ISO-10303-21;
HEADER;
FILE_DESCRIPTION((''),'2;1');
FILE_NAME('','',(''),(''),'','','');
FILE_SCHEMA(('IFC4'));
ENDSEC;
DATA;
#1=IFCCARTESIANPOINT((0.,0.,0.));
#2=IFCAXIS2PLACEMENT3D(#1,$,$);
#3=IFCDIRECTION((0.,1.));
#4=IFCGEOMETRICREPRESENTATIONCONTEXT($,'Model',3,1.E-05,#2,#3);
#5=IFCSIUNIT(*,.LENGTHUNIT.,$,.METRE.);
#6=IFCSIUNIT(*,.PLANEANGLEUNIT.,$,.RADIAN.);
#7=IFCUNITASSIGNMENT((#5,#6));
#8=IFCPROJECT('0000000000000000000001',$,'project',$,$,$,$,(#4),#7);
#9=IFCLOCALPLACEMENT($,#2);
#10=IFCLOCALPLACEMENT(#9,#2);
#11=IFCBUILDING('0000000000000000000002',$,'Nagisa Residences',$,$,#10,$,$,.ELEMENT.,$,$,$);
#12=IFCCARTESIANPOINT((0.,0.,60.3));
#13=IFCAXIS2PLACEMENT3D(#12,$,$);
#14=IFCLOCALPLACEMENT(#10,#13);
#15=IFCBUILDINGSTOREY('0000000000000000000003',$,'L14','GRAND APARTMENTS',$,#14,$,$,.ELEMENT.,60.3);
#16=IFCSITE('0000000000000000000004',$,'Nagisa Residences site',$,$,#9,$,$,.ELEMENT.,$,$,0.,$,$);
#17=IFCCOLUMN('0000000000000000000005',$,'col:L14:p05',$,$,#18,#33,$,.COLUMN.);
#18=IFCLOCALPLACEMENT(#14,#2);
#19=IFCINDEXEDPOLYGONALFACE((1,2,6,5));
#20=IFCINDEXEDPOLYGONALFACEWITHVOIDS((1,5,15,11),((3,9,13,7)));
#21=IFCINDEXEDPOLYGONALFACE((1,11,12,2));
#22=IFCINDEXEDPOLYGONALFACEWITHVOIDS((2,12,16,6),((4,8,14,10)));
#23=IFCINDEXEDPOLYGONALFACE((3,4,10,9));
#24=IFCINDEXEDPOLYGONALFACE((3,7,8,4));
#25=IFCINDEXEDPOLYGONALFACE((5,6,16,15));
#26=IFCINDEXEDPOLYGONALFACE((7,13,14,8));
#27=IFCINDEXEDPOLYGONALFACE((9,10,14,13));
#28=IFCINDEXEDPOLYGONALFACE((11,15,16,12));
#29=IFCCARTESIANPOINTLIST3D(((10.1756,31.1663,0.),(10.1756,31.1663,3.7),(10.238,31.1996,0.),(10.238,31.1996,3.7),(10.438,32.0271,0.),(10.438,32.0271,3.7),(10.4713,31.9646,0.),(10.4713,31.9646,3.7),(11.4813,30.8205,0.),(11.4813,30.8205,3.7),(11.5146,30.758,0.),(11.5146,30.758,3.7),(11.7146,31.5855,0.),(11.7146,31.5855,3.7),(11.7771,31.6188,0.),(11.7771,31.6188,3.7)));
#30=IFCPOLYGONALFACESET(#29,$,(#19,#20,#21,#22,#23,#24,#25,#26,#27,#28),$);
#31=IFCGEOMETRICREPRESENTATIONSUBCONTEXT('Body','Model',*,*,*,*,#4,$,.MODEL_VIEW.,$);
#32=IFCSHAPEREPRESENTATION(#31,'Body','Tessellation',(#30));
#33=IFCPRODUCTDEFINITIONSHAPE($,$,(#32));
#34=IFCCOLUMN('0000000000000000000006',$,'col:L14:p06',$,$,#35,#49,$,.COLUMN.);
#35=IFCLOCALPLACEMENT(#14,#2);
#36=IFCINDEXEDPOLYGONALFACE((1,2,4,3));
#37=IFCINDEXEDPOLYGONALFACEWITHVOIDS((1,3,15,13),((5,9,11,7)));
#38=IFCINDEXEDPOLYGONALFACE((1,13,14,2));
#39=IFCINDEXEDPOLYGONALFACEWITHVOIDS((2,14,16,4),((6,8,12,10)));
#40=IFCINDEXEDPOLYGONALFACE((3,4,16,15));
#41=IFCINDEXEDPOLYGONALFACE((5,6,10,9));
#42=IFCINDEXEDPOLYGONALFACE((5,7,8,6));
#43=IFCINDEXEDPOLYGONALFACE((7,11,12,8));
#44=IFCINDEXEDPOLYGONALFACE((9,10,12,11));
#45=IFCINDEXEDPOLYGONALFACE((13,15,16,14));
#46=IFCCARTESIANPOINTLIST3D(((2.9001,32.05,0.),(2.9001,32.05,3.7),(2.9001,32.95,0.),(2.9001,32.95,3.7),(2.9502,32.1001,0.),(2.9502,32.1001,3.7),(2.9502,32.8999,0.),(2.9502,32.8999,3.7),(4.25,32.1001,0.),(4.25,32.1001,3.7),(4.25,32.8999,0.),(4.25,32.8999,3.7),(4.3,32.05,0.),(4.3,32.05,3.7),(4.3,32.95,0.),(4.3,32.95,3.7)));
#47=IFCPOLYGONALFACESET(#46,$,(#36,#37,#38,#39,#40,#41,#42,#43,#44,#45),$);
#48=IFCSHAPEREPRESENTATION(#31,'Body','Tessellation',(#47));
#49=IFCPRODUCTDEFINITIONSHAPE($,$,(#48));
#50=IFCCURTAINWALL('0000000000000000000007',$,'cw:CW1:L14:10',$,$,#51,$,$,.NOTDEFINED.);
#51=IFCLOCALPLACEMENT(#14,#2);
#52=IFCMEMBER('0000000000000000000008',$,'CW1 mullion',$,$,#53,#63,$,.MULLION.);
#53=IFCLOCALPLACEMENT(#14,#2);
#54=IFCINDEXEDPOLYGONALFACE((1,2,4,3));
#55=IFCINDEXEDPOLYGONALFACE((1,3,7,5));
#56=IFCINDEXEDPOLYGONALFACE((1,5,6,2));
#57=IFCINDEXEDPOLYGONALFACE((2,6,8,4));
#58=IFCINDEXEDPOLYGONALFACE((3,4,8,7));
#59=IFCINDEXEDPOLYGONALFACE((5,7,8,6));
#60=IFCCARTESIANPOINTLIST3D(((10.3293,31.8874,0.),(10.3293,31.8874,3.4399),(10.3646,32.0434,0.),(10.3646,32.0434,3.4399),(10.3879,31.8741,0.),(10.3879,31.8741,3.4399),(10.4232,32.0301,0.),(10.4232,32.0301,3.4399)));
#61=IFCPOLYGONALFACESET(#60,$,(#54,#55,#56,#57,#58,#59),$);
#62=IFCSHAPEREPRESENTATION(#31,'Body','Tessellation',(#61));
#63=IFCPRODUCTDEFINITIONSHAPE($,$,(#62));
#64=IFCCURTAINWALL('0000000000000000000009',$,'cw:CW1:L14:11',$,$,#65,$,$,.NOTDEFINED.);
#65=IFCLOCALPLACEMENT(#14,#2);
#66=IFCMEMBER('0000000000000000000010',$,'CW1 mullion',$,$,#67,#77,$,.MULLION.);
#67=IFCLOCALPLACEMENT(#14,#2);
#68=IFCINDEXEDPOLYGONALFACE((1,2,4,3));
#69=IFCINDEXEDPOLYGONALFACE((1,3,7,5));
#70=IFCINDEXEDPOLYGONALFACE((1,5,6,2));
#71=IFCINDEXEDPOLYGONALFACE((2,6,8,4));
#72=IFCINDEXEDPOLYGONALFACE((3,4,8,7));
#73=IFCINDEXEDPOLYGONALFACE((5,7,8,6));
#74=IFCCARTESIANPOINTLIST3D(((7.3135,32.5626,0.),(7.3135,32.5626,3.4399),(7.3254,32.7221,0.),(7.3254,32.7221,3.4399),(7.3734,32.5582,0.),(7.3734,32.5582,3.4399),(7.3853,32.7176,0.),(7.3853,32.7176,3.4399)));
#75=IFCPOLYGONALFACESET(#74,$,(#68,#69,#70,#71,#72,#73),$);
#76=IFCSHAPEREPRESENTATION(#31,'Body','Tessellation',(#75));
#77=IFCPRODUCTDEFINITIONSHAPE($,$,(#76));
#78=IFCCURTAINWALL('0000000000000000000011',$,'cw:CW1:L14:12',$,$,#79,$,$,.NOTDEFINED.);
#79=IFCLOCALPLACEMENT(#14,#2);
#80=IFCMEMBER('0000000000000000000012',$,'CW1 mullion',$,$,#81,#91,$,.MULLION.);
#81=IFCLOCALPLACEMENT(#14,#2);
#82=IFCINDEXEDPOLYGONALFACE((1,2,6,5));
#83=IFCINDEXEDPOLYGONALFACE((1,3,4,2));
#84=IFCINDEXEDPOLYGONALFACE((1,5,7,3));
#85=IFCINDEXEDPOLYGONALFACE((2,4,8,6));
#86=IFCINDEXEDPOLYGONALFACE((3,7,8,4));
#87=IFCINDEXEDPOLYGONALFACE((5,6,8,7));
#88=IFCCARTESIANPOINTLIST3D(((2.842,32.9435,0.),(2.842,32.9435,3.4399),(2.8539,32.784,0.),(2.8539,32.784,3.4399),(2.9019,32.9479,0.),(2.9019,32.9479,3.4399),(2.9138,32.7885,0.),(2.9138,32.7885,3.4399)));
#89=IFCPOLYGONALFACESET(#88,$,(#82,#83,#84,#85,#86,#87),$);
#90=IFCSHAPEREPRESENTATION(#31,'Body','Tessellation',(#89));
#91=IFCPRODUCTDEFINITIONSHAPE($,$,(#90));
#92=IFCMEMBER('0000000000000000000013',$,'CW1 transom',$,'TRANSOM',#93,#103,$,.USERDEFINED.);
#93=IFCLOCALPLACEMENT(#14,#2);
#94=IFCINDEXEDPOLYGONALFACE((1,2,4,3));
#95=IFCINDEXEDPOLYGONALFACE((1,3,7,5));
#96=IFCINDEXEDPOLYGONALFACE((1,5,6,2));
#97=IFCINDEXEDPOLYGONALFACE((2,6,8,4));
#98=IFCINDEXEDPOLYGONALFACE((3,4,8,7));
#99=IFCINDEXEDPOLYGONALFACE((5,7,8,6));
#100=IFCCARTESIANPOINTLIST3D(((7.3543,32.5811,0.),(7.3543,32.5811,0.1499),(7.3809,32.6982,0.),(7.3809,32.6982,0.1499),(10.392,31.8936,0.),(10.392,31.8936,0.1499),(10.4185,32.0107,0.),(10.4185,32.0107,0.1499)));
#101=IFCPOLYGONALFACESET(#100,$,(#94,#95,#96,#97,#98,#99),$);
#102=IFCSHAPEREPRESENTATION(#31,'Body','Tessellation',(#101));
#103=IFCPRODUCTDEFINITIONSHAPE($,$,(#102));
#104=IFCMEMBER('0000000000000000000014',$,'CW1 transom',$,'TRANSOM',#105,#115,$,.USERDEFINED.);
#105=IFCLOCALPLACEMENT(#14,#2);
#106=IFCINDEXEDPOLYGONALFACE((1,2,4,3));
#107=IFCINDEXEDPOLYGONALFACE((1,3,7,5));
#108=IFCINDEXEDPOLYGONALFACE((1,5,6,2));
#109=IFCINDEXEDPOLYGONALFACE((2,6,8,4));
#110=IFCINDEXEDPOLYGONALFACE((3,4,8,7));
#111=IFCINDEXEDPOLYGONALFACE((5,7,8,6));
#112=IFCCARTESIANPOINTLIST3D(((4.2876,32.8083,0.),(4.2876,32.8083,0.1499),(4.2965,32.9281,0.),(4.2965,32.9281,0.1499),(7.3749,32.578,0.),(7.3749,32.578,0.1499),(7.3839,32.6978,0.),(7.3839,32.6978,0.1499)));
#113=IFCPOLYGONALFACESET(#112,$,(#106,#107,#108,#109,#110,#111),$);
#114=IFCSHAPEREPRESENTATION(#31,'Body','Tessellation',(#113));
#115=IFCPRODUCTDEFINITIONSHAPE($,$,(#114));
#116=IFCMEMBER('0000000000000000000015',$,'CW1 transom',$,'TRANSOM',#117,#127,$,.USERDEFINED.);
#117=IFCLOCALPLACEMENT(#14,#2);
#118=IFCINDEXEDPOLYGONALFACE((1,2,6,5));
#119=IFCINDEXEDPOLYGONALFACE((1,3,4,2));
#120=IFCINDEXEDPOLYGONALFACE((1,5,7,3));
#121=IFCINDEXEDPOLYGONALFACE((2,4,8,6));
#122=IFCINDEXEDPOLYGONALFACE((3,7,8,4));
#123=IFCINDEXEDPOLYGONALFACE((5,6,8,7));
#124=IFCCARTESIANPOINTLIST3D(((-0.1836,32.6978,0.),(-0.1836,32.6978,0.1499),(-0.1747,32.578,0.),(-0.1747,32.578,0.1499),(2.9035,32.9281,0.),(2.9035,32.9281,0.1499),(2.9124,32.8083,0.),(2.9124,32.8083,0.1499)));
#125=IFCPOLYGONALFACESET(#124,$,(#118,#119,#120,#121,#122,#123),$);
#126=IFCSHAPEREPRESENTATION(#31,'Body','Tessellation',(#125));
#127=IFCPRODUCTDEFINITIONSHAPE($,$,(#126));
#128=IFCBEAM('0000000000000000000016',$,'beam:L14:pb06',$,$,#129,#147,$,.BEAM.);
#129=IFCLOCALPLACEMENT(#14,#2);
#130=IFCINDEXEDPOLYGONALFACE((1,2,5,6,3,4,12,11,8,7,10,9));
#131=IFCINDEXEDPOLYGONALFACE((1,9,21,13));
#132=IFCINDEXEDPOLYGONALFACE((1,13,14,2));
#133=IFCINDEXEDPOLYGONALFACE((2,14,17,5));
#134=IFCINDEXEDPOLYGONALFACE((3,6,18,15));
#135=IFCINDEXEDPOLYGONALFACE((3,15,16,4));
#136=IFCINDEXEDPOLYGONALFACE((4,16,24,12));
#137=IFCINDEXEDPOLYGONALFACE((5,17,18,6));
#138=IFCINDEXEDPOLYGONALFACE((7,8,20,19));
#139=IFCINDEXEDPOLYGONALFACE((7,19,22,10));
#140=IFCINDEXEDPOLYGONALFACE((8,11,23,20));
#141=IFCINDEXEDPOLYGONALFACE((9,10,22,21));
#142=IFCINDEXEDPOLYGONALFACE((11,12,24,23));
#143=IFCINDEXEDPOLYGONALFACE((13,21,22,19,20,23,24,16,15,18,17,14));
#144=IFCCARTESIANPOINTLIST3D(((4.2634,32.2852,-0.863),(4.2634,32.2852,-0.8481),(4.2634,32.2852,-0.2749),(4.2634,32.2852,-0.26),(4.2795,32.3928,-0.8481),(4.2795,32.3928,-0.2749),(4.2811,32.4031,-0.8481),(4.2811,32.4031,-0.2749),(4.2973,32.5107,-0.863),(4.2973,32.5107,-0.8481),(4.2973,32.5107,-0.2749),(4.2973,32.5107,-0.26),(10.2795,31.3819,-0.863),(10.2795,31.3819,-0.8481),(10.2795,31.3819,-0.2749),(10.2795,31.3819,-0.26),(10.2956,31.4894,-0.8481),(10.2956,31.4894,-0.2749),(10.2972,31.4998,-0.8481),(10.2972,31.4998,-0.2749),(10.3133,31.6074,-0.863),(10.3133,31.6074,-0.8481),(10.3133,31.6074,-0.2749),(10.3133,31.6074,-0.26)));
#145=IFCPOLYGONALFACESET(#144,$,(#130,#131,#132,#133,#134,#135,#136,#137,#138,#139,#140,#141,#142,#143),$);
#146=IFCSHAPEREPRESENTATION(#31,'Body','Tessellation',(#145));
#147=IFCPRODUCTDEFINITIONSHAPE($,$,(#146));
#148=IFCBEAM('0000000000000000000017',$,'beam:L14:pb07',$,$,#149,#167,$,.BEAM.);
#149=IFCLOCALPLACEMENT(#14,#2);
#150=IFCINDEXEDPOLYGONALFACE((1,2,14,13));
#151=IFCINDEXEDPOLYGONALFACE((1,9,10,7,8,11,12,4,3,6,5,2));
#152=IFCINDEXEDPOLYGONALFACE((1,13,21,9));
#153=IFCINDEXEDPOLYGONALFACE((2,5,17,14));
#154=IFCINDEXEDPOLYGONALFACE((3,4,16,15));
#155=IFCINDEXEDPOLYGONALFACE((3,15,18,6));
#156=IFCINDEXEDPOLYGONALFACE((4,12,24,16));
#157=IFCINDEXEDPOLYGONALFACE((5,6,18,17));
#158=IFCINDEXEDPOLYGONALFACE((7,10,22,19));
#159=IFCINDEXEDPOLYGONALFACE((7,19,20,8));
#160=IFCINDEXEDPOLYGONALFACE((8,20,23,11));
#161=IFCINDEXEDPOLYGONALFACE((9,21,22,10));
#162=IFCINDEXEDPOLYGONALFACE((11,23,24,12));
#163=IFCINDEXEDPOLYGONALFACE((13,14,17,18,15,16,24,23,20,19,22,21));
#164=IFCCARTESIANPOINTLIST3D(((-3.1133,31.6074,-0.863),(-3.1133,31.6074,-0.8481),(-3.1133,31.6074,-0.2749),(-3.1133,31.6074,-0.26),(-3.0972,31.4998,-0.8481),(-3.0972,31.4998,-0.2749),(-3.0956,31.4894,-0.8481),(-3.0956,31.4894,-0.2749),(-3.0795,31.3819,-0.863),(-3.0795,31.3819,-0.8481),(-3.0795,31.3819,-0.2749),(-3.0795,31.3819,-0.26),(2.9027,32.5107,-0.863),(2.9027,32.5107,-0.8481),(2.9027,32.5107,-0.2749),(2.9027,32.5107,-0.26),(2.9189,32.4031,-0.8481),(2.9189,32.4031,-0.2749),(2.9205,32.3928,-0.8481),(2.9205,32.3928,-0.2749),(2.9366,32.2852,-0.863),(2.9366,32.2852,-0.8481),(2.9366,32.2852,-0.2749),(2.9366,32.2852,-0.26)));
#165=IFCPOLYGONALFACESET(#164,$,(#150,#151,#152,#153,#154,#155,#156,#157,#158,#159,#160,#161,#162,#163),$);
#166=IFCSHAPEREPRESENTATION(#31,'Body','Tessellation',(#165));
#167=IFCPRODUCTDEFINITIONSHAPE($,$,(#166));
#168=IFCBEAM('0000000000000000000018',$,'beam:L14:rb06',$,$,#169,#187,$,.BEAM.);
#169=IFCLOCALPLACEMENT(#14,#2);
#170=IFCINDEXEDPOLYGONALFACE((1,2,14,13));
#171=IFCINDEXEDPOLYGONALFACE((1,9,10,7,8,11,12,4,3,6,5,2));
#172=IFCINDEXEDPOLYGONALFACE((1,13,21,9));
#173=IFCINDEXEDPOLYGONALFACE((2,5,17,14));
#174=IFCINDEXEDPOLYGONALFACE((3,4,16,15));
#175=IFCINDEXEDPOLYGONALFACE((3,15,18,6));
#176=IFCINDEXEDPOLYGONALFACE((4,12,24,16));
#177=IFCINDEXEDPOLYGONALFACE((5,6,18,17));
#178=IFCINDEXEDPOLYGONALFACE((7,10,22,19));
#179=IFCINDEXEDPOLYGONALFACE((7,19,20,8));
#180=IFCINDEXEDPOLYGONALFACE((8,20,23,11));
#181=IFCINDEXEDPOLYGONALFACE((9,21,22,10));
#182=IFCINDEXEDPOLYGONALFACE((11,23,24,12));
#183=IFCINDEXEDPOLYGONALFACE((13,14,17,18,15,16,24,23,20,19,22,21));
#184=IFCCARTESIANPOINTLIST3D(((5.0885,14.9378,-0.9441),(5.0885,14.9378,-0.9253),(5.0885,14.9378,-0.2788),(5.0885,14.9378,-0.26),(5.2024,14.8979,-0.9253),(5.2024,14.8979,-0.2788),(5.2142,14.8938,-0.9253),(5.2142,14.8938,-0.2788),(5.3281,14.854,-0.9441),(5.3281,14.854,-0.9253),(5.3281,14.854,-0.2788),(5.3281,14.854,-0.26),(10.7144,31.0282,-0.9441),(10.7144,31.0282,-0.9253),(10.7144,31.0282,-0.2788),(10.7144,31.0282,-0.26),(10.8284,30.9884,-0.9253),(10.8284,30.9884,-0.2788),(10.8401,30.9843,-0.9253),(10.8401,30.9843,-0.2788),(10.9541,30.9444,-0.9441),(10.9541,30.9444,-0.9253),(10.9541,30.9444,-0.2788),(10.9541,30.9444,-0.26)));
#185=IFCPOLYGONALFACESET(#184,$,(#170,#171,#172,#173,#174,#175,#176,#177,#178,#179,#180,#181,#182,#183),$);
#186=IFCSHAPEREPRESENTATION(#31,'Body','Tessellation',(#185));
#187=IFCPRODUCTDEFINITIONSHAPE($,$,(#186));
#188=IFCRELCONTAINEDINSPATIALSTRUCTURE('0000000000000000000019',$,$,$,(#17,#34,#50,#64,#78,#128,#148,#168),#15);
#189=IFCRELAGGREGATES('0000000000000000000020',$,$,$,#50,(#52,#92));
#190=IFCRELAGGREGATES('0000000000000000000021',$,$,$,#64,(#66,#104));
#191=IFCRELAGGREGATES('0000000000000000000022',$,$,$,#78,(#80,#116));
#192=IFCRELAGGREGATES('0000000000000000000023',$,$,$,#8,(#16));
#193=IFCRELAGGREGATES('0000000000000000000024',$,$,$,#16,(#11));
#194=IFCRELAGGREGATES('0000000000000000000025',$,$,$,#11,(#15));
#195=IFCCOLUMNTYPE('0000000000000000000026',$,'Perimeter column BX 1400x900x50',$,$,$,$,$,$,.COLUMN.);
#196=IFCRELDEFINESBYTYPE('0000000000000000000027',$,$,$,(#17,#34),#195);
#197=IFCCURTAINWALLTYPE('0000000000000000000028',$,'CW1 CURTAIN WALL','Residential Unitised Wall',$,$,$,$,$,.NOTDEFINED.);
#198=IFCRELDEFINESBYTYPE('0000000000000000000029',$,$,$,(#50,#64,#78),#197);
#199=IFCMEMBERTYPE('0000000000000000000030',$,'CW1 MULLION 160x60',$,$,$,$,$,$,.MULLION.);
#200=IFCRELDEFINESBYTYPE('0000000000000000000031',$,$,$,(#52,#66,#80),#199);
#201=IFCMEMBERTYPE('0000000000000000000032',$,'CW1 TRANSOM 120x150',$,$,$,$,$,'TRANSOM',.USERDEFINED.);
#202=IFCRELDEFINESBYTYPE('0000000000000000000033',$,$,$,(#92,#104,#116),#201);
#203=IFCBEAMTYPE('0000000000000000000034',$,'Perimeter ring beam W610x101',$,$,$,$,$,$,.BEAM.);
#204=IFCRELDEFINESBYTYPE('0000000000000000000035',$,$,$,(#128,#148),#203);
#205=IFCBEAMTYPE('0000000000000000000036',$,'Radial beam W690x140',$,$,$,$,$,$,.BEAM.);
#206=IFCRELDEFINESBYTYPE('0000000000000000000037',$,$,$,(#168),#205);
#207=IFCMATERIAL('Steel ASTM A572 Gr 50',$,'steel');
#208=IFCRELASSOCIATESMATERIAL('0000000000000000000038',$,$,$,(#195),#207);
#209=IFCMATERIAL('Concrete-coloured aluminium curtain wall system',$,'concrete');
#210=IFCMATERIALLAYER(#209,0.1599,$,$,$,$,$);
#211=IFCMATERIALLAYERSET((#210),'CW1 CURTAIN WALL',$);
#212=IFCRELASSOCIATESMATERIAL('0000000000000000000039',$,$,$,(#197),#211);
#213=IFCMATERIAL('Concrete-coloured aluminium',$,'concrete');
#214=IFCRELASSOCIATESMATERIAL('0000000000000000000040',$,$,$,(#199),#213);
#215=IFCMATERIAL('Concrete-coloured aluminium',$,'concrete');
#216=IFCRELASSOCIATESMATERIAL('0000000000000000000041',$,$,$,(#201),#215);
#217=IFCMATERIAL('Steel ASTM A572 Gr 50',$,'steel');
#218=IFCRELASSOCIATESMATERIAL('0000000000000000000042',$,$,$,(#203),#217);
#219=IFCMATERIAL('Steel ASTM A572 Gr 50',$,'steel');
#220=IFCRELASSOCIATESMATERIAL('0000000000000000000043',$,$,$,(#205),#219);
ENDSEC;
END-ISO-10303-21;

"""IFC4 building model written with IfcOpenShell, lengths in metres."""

from ifc_helpers import new_model, si_unit, direction, frame, origin, origin_2d, place, context, subcontext, project, spatial, rectangle, hollow_rectangle, i_section, extrude, material, layer, layer_set, material_profile, profile_set, type_object, element, aggregate, save


model = new_model("IFC4")

# Units and contexts
model_context = context("Model", 3, precision=1e-05, world=origin(), true_north=direction((0.0, 1.0)))
body_context = subcontext(model_context, "Body", "Model", "MODEL_VIEW")
ifc_project = project(units=[si_unit("LENGTHUNIT", "METRE"), si_unit("PLANEANGLEUNIT", "RADIAN")], contexts=[model_context])

# Site, building, storey
site_placement = place(None, origin())
site = spatial("IfcSite", under=ifc_project, at=site_placement, Name="Nagisa Residences site", CompositionType="ELEMENT", RefElevation=0.0)
building_placement = place(site_placement, origin())
building = spatial("IfcBuilding", under=site, at=building_placement, Name="Nagisa Residences", CompositionType="ELEMENT")
storey_placement = place(building_placement, frame((0.0, 0.0, 60.3)))
storey = spatial("IfcBuildingStorey", under=building, at=storey_placement, Name="L14", Description="GRAND APARTMENTS", CompositionType="ELEMENT", Elevation=60.3)

# Columns
ifc_material_1 = material(Name="Steel ASTM A572 Gr 50", Category="steel")
ifc_material_profile_1 = material_profile(ifc_material_1, hollow_rectangle(XDim=1.3999, YDim=0.8999, WallThickness=0.05, at=origin_2d()), Name="BX 1400x900x50")
ifc_profile_set_1 = profile_set([ifc_material_profile_1], Name="Steel ASTM A572 Gr 50")
column_type = type_object("IfcColumnType", Name="Perimeter column BX 1400x900x50", PredefinedType="COLUMN", material=ifc_profile_set_1)
for number, where, z_axis, x_axis, name in (
    (1, (10.9763, 31.3926, 0.0), (0.0, 0.0, 1.0), (-0.956525, 0.291652, 0.0), "col:L14:p05"),
    (2, (3.6001, 32.5, 0.0), (0.0, 0.0, 1.0), (-1.0, 0.0, 0.0), "col:L14:p06"),
):
    element("IfcColumn", number, at=place(storey_placement, frame(where, z_axis=z_axis, x_axis=x_axis)), inside=storey, type_object=column_type, Name=name, PredefinedType="COLUMN", context=body_context, shape_type="SweptSolid", body=[
        extrude(hollow_rectangle(XDim=1.3999, YDim=0.8999, WallThickness=0.05, at=origin_2d()), origin(), (0.0, 0.0, 1.0), 3.7),
    ])

# Curtain walls, members
ifc_material_2 = material(Name="Concrete-coloured aluminium curtain wall system", Category="concrete")
ifc_layer_1 = layer(ifc_material_2, 0.1599)
ifc_layer_set_1 = layer_set([ifc_layer_1], Name="CW1 CURTAIN WALL")
curtain_wall_type = type_object("IfcCurtainWallType", Name="CW1 CURTAIN WALL", Description="Residential Unitised Wall", PredefinedType="NOTDEFINED", material=ifc_layer_set_1)
curtain_wall_1_placement = place(storey_placement, origin())
curtain_wall_1 = element("IfcCurtainWall", 3, at=curtain_wall_1_placement, inside=storey, type_object=curtain_wall_type, Name="cw:CW1:L14:10", PredefinedType="NOTDEFINED")
ifc_material_3 = material(Name="Concrete-coloured aluminium", Category="concrete")
ifc_material_profile_2 = material_profile(ifc_material_3, rectangle(XDim=0.1599, YDim=0.0601, at=origin_2d()), Name="CW1 MULLION 160x60")
ifc_profile_set_2 = profile_set([ifc_material_profile_2], Name="Concrete-coloured aluminium")
member_type_1 = type_object("IfcMemberType", Name="CW1 MULLION 160x60", PredefinedType="MULLION", material=ifc_profile_set_2)
member_1_placement = place(storey_placement, frame((10.3762, 31.9587, 0.0), z_axis=(0.0, 0.0, 1.0), x_axis=(-0.220764, -0.975327, 0.0)))
member_1 = element("IfcMember", 4, at=member_1_placement, type_object=member_type_1, Name="CW1 mullion", PredefinedType="MULLION", context=body_context, shape_type="SweptSolid", body=[
    extrude(rectangle(XDim=0.1599, YDim=0.0601, at=origin_2d()), origin(), (0.0, 0.0, 1.0), 3.4399),
])
curtain_wall_2_placement = place(storey_placement, origin())
curtain_wall_2 = element("IfcCurtainWall", 5, at=curtain_wall_2_placement, inside=storey, type_object=curtain_wall_type, Name="cw:CW1:L14:11", PredefinedType="NOTDEFINED")
member_2_placement = place(storey_placement, frame((7.3494, 32.6401, 0.0), z_axis=(0.0, 0.0, 1.0), x_axis=(-0.074377, -0.99723, 0.0)))
member_2 = element("IfcMember", 6, at=member_2_placement, type_object=member_type_1, Name="CW1 mullion", PredefinedType="MULLION", context=body_context, shape_type="SweptSolid", body=[
    extrude(rectangle(XDim=0.1599, YDim=0.0601, at=origin_2d()), origin(), (0.0, 0.0, 1.0), 3.4399),
])
curtain_wall_3_placement = place(storey_placement, origin())
curtain_wall_3 = element("IfcCurtainWall", 7, at=curtain_wall_3_placement, inside=storey, type_object=curtain_wall_type, Name="cw:CW1:L14:12", PredefinedType="NOTDEFINED")
member_3_placement = place(storey_placement, frame((2.8779, 32.866, 0.0), z_axis=(0.0, 0.0, 1.0), x_axis=(0.074377, -0.99723, 0.0)))
member_3 = element("IfcMember", 8, at=member_3_placement, type_object=member_type_1, Name="CW1 mullion", PredefinedType="MULLION", context=body_context, shape_type="SweptSolid", body=[
    extrude(rectangle(XDim=0.1599, YDim=0.0601, at=origin_2d()), origin(), (0.0, 0.0, 1.0), 3.4399),
])

# Members
ifc_material_4 = material(Name="Concrete-coloured aluminium", Category="concrete")
ifc_material_profile_3 = material_profile(ifc_material_4, rectangle(XDim=0.1201, YDim=0.1499, at=origin_2d()), Name="CW1 TRANSOM 120x150")
ifc_profile_set_3 = profile_set([ifc_material_profile_3], Name="Concrete-coloured aluminium")
member_type_2 = type_object("IfcMemberType", Name="CW1 TRANSOM 120x150", ElementType="TRANSOM", PredefinedType="USERDEFINED", material=ifc_profile_set_3)
member_4_placement = place(storey_placement, frame((10.4053, 31.9521, 0.075), z_axis=(-0.975331, 0.220747, 0.0), x_axis=(-0.220747, -0.975331, 0.0)))
member_4 = element("IfcMember", 9, at=member_4_placement, type_object=member_type_2, Name="CW1 transom", ObjectType="TRANSOM", PredefinedType="USERDEFINED", context=body_context, shape_type="SweptSolid", body=[
    extrude(rectangle(XDim=0.1201, YDim=0.1499, at=origin_2d()), origin(), (0.0, 0.0, 1.0), 3.1145),
])
member_5_placement = place(storey_placement, frame((7.3794, 32.6379, 0.075), z_axis=(-0.997231, 0.074363, 0.0), x_axis=(-0.074363, -0.997231, 0.0)))
member_5 = element("IfcMember", 10, at=member_5_placement, type_object=member_type_2, Name="CW1 transom", ObjectType="TRANSOM", PredefinedType="USERDEFINED", context=body_context, shape_type="SweptSolid", body=[
    extrude(rectangle(XDim=0.1201, YDim=0.1499, at=origin_2d()), origin(), (0.0, 0.0, 1.0), 3.0959),
])
member_6_placement = place(storey_placement, frame((2.908, 32.8682, 0.075), z_axis=(-0.997231, -0.074368, 0.0), x_axis=(0.074368, -0.997231, 0.0)))
member_6 = element("IfcMember", 11, at=member_6_placement, type_object=member_type_2, Name="CW1 transom", ObjectType="TRANSOM", PredefinedType="USERDEFINED", context=body_context, shape_type="SweptSolid", body=[
    extrude(rectangle(XDim=0.1201, YDim=0.1499, at=origin_2d()), origin(), (0.0, 0.0, 1.0), 3.0957),
])

# Beams
ifc_material_5 = material(Name="Steel ASTM A572 Gr 50", Category="steel")
ifc_material_profile_4 = material_profile(ifc_material_5, i_section(OverallWidth=0.228, OverallDepth=0.603, WebThickness=0.0105, FlangeThickness=0.0149, at=origin_2d()), Name="W610x101")
ifc_profile_set_4 = profile_set([ifc_material_profile_4], Name="Steel ASTM A572 Gr 50")
beam_type_1 = type_object("IfcBeamType", Name="Perimeter ring beam W610x101", PredefinedType="BEAM", material=ifc_profile_set_4)
for number, where, z_axis, x_axis, name in (
    (12, (10.2964, 31.4946, -0.5615), (-0.988915, 0.148486, 0.0), (-0.148486, -0.988915, 0.0), "beam:L14:pb06"),
    (13, (2.9197, 32.3979, -0.5615), (-0.988915, -0.148486, 0.0), (0.148486, -0.988915, 0.0), "beam:L14:pb07"),
):
    element("IfcBeam", number, at=place(storey_placement, frame(where, z_axis=z_axis, x_axis=x_axis)), inside=storey, type_object=beam_type_1, Name=name, PredefinedType="BEAM", context=body_context, shape_type="SweptSolid", body=[
        extrude(i_section(OverallWidth=0.228, OverallDepth=0.603, WebThickness=0.0105, FlangeThickness=0.0149, at=origin_2d()), origin(), (0.0, 0.0, 1.0), 6.0835),
    ])
ifc_material_6 = material(Name="Steel ASTM A572 Gr 50", Category="steel")
ifc_material_profile_5 = material_profile(ifc_material_6, i_section(OverallWidth=0.2539, OverallDepth=0.6841, WebThickness=0.0125, FlangeThickness=0.0188, at=origin_2d()), Name="W690x140")
ifc_profile_set_5 = profile_set([ifc_material_profile_5], Name="Steel ASTM A572 Gr 50")
beam_type_2 = type_object("IfcBeamType", Name="Radial beam W690x140", PredefinedType="BEAM", material=ifc_profile_set_5)
beam_1_placement = place(storey_placement, frame((10.8342, 30.9863, -0.6021), z_axis=(-0.330051, -0.943963, 0.0), x_axis=(0.943963, -0.330051, 0.0)))
element("IfcBeam", 14, at=beam_1_placement, inside=storey, type_object=beam_type_2, Name="beam:L14:rb06", PredefinedType="BEAM", context=body_context, shape_type="SweptSolid", body=[
    extrude(i_section(OverallWidth=0.2539, OverallDepth=0.6841, WebThickness=0.0125, FlangeThickness=0.0188, at=origin_2d()), origin(), (0.0, 0.0, 1.0), 17.0457),
])

aggregate(curtain_wall_1, [member_1, member_4])
aggregate(curtain_wall_2, [member_2, member_5])
aggregate(curtain_wall_3, [member_3, member_6])

save(model, "model.ifc")
